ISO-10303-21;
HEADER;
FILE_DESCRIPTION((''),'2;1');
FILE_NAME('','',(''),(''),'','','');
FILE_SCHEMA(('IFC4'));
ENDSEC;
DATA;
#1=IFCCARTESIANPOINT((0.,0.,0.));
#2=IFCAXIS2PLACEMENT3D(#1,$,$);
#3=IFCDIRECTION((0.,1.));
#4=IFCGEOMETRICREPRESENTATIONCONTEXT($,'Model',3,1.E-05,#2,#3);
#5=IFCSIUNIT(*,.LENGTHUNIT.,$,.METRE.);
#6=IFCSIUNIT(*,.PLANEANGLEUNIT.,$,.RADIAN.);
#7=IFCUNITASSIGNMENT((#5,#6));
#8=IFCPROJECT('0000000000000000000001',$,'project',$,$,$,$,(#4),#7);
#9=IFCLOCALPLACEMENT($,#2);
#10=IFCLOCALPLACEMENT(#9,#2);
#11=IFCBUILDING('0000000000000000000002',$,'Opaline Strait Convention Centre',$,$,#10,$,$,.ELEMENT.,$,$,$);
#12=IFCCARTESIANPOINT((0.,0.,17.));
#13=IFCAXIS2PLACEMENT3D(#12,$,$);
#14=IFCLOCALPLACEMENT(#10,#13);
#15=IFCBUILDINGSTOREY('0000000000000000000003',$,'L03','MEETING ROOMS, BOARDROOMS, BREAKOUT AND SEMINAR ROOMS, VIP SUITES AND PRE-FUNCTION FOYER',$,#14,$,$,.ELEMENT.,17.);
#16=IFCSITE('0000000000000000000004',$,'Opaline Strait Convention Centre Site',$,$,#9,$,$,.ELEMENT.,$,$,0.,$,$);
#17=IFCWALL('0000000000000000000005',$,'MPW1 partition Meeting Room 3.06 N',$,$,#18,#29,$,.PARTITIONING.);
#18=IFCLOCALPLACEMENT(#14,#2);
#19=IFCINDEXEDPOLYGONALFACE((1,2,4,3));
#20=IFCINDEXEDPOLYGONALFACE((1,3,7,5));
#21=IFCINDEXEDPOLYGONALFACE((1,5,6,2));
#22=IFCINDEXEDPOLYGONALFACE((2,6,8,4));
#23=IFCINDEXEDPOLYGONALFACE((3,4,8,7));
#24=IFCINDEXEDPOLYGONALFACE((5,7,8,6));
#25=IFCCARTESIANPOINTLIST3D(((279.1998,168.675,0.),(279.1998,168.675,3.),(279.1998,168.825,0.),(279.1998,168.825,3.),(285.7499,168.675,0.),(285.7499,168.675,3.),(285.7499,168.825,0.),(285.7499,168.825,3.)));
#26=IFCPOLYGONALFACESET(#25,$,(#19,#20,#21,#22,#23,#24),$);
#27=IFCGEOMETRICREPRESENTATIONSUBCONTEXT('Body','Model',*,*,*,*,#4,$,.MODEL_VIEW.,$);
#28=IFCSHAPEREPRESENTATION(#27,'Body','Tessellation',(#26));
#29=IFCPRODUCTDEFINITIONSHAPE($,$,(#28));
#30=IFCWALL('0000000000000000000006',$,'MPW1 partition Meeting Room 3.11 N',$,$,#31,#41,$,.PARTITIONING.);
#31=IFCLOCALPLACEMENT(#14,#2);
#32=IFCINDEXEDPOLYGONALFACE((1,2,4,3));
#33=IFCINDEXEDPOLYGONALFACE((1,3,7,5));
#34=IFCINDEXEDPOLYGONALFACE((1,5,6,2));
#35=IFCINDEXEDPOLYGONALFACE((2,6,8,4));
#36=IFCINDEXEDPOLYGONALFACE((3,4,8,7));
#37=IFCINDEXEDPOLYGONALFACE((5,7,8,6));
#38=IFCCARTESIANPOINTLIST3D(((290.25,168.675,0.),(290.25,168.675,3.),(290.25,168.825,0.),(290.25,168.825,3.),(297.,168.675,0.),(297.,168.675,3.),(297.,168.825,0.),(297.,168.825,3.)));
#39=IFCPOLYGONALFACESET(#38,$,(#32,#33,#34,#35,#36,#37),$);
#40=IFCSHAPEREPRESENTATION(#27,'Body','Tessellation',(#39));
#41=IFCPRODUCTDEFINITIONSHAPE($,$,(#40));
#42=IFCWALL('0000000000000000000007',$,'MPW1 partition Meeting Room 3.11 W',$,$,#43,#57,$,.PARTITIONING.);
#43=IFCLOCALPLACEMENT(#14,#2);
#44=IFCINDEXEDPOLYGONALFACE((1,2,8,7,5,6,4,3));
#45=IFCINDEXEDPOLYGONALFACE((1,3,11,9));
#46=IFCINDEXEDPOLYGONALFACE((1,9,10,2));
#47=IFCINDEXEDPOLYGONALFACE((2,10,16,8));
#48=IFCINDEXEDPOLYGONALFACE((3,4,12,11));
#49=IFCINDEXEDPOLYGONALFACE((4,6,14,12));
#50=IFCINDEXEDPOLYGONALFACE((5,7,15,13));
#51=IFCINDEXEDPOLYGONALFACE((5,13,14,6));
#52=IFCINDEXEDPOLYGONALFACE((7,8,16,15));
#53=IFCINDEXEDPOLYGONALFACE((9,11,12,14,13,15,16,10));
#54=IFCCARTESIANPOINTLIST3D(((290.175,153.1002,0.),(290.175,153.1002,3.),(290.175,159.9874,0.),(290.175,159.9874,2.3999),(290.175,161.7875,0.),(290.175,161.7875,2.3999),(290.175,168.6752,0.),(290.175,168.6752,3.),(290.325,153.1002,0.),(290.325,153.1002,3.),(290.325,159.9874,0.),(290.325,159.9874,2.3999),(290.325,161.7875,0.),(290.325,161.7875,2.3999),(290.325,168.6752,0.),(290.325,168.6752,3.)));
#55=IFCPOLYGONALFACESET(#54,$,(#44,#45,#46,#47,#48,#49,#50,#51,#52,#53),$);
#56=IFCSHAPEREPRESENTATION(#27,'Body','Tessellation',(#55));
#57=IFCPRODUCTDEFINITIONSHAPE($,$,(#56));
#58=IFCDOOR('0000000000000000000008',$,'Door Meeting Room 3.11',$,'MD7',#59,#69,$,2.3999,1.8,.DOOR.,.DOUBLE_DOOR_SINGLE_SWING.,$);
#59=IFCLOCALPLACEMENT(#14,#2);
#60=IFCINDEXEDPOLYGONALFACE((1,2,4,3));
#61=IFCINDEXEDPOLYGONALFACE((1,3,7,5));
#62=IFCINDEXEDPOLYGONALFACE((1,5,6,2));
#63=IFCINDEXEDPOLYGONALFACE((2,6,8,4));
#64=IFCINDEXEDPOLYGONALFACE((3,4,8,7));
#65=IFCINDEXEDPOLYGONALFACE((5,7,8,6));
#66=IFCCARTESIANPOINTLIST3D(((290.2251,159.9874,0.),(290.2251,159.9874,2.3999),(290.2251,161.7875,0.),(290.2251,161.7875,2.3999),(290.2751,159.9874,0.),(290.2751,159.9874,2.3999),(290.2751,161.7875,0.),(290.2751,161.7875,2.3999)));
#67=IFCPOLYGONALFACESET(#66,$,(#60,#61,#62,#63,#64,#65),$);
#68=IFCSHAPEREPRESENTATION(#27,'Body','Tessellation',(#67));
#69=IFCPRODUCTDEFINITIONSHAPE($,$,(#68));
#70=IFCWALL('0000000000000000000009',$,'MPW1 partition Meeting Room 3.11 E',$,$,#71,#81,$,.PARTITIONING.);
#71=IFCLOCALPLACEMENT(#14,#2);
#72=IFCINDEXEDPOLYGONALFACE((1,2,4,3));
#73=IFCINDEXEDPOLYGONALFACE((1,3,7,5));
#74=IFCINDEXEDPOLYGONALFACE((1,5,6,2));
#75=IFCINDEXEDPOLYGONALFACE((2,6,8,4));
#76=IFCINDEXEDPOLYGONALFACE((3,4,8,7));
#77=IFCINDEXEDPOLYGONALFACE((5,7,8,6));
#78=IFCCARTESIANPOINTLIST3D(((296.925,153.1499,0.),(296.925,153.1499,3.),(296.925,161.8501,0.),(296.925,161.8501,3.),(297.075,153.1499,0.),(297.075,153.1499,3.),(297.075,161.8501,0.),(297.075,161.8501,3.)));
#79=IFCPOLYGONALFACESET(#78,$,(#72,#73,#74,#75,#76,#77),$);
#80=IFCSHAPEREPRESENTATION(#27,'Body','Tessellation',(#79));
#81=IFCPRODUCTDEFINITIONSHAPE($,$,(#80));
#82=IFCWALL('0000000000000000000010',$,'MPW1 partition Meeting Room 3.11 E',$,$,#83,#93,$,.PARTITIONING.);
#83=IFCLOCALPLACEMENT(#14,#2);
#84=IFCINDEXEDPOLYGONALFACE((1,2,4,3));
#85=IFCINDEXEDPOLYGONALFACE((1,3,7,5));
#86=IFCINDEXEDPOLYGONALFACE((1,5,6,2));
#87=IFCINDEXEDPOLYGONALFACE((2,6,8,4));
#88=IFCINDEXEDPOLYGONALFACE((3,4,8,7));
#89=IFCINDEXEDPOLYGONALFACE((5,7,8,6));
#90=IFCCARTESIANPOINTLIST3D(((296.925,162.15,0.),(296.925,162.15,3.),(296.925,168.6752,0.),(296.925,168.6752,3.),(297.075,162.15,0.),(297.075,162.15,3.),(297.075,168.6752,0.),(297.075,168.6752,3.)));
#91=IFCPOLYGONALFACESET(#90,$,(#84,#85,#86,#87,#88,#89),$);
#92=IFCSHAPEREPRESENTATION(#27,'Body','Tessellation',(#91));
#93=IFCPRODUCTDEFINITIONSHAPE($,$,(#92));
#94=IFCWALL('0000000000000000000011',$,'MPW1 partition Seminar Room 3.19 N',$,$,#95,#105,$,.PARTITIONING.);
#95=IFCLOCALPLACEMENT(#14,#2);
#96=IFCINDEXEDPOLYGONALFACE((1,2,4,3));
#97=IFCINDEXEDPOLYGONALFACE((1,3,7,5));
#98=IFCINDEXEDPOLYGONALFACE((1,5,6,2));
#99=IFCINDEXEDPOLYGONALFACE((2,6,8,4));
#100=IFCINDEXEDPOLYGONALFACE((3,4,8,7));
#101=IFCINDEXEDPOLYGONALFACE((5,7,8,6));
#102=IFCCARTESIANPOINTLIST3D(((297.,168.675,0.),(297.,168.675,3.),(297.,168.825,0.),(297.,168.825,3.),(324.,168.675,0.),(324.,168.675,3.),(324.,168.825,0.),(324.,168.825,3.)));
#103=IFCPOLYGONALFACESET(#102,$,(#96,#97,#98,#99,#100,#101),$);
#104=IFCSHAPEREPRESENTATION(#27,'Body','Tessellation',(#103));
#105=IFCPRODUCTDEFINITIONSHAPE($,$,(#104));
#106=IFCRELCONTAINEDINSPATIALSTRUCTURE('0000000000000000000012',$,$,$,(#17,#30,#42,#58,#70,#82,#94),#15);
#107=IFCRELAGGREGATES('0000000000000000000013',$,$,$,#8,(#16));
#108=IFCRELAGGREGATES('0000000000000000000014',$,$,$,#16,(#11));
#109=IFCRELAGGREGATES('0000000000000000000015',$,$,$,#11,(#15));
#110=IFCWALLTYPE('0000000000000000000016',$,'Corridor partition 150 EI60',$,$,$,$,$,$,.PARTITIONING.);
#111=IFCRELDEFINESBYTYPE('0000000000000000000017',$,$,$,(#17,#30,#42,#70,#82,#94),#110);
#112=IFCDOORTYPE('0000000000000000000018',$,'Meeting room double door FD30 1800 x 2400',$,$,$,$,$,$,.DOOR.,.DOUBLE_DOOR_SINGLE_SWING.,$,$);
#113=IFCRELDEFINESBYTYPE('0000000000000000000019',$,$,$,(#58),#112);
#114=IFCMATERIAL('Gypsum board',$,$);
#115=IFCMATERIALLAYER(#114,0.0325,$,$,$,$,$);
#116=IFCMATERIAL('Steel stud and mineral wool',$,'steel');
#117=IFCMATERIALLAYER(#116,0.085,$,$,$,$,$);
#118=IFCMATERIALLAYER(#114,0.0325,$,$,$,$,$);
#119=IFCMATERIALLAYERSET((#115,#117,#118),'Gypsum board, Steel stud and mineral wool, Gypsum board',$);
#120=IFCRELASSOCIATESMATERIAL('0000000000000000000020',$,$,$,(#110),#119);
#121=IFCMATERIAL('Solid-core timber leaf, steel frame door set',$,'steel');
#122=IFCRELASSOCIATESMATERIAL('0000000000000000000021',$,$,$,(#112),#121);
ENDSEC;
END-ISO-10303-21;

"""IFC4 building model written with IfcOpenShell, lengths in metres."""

from ifc_helpers import new_model, si_unit, direction, frame, frame_2d, origin, place, context, subcontext, project, spatial, rectangle, extrude, material, layer, layer_set, type_object, element, fill, save


model = new_model("IFC4")

# Units and contexts
model_context = context("Model", 3, precision=1e-05, world=origin(), true_north=direction((0.0, 1.0)))
body_context = subcontext(model_context, "Body", "Model", "MODEL_VIEW")
ifc_project = project(units=[si_unit("LENGTHUNIT", "METRE"), si_unit("PLANEANGLEUNIT", "RADIAN")], contexts=[model_context])

# Site, building, storey
site_placement = place(None, origin())
site = spatial("IfcSite", under=ifc_project, at=site_placement, Name="Opaline Strait Convention Centre Site", CompositionType="ELEMENT", RefElevation=0.0)
building_placement = place(site_placement, origin())
building = spatial("IfcBuilding", under=site, at=building_placement, Name="Opaline Strait Convention Centre", CompositionType="ELEMENT")
storey_placement = place(building_placement, frame((0.0, 0.0, 17.0)))
storey = spatial("IfcBuildingStorey", under=building, at=storey_placement, Name="L03", Description="MEETING ROOMS, BOARDROOMS, BREAKOUT AND SEMINAR ROOMS, VIP SUITES AND PRE-FUNCTION FOYER", CompositionType="ELEMENT", Elevation=17.0)

# Walls
ifc_material_1 = material(Name="Gypsum board")
ifc_layer_1 = layer(ifc_material_1, 0.0325)
ifc_material_2 = material(Name="Steel stud and mineral wool", Category="steel")
ifc_layer_2 = layer(ifc_material_2, 0.085)
ifc_layer_3 = layer(ifc_material_1, 0.0325)
ifc_layer_set_1 = layer_set([ifc_layer_1, ifc_layer_2, ifc_layer_3], Name="Gypsum board, Steel stud and mineral wool, Gypsum board")
wall_type = type_object("IfcWallType", Name="Corridor partition 150 EI60", PredefinedType="PARTITIONING", material=ifc_layer_set_1)
wall_1_placement = place(storey_placement, frame((279.2, 168.75, 0.0), z_axis=(0.0, 0.0, 1.0), x_axis=(1.0, 0.0, 0.0)))
element("IfcWall", 1, at=wall_1_placement, inside=storey, type_object=wall_type, Name="MPW1 partition Meeting Room 3.06 N", PredefinedType="PARTITIONING", context=body_context, shape_type="SweptSolid", body=[
    extrude(rectangle(XDim=6.55, YDim=0.1499, at=frame_2d((3.2749, 0.0))), origin(), (0.0, 0.0, 1.0), 3.0),
])
wall_2_placement = place(storey_placement, frame((290.25, 168.75, 0.0), z_axis=(0.0, 0.0, 1.0), x_axis=(1.0, 0.0, 0.0)))
element("IfcWall", 2, at=wall_2_placement, inside=storey, type_object=wall_type, Name="MPW1 partition Meeting Room 3.11 N", PredefinedType="PARTITIONING", context=body_context, shape_type="SweptSolid", body=[
    extrude(rectangle(XDim=6.75, YDim=0.1499, at=frame_2d((3.375, 0.0))), origin(), (0.0, 0.0, 1.0), 3.0),
])

# Wall, opening, door
wall_3_placement = place(storey_placement, frame((290.25, 153.1001, 0.0), z_axis=(0.0, 0.0, 1.0), x_axis=(0.0, 1.0, 0.0)))
wall_3 = element("IfcWall", 3, at=wall_3_placement, inside=storey, type_object=wall_type, Name="MPW1 partition Meeting Room 3.11 W", PredefinedType="PARTITIONING", context=body_context, shape_type="SweptSolid", body=[
    extrude(rectangle(XDim=15.575, YDim=0.1499, at=frame_2d((7.7876, 0.0))), origin(), (0.0, 0.0, 1.0), 3.0),
])
opening_placement = place(wall_3_placement, frame((6.8875, 0.0, 0.0)))
opening = element("IfcOpeningElement", 4, at=opening_placement, cuts=wall_3, PredefinedType="OPENING", context=body_context, shape_type="SweptSolid", body=[
    extrude(rectangle(XDim=1.8, YDim=2.3999, at=frame_2d((0.8999, 1.2))), frame((0.0, 0.085, 0.0), z_axis=(0.0, -1.0, 0.0), x_axis=(1.0, 0.0, 0.0)), (0.0, 0.0, 1.0), 0.1699),
])
ifc_material_3 = material(Name="Solid-core timber leaf, steel frame door set", Category="steel")
door_type = type_object("IfcDoorType", Name="Meeting room double door FD30 1800 x 2400", OperationType="DOUBLE_DOOR_SINGLE_SWING", PredefinedType="DOOR", material=ifc_material_3)
door_placement = place(opening_placement, origin())
door = element("IfcDoor", 5, at=door_placement, inside=storey, type_object=door_type, Name="Door Meeting Room 3.11", ObjectType="MD7", OperationType="DOUBLE_DOOR_SINGLE_SWING", OverallHeight=2.3999, OverallWidth=1.8, PredefinedType="DOOR", context=body_context, shape_type="SweptSolid", body=[
    extrude(rectangle(XDim=1.8, YDim=2.3999, at=frame_2d((0.8999, 1.2))), frame((0.0, 0.0249, 0.0), z_axis=(0.0, -1.0, 0.0), x_axis=(1.0, 0.0, 0.0)), (0.0, 0.0, 1.0), 0.05),
])
fill(opening, door)

# Walls
wall_4_placement = place(storey_placement, frame((297.0, 153.1499, 0.0), z_axis=(0.0, 0.0, 1.0), x_axis=(0.0, 1.0, 0.0)))
element("IfcWall", 6, at=wall_4_placement, inside=storey, type_object=wall_type, Name="MPW1 partition Meeting Room 3.11 E", PredefinedType="PARTITIONING", context=body_context, shape_type="SweptSolid", body=[
    extrude(rectangle(XDim=8.7002, YDim=0.1499, at=frame_2d((4.3501, 0.0))), origin(), (0.0, 0.0, 1.0), 3.0),
])
wall_5_placement = place(storey_placement, frame((297.0, 162.1499, 0.0), z_axis=(0.0, 0.0, 1.0), x_axis=(0.0, 1.0, 0.0)))
element("IfcWall", 7, at=wall_5_placement, inside=storey, type_object=wall_type, Name="MPW1 partition Meeting Room 3.11 E", PredefinedType="PARTITIONING", context=body_context, shape_type="SweptSolid", body=[
    extrude(rectangle(XDim=6.5251, YDim=0.1499, at=frame_2d((3.2627, 0.0))), origin(), (0.0, 0.0, 1.0), 3.0),
])
wall_6_placement = place(storey_placement, frame((297.0, 168.75, 0.0), z_axis=(0.0, 0.0, 1.0), x_axis=(1.0, 0.0, 0.0)))
element("IfcWall", 8, at=wall_6_placement, inside=storey, type_object=wall_type, Name="MPW1 partition Seminar Room 3.19 N", PredefinedType="PARTITIONING", context=body_context, shape_type="SweptSolid", body=[
    extrude(rectangle(XDim=27.0, YDim=0.1499, at=frame_2d((13.5, 0.0))), origin(), (0.0, 0.0, 1.0), 3.0),
])

save(model, "model.ifc")
